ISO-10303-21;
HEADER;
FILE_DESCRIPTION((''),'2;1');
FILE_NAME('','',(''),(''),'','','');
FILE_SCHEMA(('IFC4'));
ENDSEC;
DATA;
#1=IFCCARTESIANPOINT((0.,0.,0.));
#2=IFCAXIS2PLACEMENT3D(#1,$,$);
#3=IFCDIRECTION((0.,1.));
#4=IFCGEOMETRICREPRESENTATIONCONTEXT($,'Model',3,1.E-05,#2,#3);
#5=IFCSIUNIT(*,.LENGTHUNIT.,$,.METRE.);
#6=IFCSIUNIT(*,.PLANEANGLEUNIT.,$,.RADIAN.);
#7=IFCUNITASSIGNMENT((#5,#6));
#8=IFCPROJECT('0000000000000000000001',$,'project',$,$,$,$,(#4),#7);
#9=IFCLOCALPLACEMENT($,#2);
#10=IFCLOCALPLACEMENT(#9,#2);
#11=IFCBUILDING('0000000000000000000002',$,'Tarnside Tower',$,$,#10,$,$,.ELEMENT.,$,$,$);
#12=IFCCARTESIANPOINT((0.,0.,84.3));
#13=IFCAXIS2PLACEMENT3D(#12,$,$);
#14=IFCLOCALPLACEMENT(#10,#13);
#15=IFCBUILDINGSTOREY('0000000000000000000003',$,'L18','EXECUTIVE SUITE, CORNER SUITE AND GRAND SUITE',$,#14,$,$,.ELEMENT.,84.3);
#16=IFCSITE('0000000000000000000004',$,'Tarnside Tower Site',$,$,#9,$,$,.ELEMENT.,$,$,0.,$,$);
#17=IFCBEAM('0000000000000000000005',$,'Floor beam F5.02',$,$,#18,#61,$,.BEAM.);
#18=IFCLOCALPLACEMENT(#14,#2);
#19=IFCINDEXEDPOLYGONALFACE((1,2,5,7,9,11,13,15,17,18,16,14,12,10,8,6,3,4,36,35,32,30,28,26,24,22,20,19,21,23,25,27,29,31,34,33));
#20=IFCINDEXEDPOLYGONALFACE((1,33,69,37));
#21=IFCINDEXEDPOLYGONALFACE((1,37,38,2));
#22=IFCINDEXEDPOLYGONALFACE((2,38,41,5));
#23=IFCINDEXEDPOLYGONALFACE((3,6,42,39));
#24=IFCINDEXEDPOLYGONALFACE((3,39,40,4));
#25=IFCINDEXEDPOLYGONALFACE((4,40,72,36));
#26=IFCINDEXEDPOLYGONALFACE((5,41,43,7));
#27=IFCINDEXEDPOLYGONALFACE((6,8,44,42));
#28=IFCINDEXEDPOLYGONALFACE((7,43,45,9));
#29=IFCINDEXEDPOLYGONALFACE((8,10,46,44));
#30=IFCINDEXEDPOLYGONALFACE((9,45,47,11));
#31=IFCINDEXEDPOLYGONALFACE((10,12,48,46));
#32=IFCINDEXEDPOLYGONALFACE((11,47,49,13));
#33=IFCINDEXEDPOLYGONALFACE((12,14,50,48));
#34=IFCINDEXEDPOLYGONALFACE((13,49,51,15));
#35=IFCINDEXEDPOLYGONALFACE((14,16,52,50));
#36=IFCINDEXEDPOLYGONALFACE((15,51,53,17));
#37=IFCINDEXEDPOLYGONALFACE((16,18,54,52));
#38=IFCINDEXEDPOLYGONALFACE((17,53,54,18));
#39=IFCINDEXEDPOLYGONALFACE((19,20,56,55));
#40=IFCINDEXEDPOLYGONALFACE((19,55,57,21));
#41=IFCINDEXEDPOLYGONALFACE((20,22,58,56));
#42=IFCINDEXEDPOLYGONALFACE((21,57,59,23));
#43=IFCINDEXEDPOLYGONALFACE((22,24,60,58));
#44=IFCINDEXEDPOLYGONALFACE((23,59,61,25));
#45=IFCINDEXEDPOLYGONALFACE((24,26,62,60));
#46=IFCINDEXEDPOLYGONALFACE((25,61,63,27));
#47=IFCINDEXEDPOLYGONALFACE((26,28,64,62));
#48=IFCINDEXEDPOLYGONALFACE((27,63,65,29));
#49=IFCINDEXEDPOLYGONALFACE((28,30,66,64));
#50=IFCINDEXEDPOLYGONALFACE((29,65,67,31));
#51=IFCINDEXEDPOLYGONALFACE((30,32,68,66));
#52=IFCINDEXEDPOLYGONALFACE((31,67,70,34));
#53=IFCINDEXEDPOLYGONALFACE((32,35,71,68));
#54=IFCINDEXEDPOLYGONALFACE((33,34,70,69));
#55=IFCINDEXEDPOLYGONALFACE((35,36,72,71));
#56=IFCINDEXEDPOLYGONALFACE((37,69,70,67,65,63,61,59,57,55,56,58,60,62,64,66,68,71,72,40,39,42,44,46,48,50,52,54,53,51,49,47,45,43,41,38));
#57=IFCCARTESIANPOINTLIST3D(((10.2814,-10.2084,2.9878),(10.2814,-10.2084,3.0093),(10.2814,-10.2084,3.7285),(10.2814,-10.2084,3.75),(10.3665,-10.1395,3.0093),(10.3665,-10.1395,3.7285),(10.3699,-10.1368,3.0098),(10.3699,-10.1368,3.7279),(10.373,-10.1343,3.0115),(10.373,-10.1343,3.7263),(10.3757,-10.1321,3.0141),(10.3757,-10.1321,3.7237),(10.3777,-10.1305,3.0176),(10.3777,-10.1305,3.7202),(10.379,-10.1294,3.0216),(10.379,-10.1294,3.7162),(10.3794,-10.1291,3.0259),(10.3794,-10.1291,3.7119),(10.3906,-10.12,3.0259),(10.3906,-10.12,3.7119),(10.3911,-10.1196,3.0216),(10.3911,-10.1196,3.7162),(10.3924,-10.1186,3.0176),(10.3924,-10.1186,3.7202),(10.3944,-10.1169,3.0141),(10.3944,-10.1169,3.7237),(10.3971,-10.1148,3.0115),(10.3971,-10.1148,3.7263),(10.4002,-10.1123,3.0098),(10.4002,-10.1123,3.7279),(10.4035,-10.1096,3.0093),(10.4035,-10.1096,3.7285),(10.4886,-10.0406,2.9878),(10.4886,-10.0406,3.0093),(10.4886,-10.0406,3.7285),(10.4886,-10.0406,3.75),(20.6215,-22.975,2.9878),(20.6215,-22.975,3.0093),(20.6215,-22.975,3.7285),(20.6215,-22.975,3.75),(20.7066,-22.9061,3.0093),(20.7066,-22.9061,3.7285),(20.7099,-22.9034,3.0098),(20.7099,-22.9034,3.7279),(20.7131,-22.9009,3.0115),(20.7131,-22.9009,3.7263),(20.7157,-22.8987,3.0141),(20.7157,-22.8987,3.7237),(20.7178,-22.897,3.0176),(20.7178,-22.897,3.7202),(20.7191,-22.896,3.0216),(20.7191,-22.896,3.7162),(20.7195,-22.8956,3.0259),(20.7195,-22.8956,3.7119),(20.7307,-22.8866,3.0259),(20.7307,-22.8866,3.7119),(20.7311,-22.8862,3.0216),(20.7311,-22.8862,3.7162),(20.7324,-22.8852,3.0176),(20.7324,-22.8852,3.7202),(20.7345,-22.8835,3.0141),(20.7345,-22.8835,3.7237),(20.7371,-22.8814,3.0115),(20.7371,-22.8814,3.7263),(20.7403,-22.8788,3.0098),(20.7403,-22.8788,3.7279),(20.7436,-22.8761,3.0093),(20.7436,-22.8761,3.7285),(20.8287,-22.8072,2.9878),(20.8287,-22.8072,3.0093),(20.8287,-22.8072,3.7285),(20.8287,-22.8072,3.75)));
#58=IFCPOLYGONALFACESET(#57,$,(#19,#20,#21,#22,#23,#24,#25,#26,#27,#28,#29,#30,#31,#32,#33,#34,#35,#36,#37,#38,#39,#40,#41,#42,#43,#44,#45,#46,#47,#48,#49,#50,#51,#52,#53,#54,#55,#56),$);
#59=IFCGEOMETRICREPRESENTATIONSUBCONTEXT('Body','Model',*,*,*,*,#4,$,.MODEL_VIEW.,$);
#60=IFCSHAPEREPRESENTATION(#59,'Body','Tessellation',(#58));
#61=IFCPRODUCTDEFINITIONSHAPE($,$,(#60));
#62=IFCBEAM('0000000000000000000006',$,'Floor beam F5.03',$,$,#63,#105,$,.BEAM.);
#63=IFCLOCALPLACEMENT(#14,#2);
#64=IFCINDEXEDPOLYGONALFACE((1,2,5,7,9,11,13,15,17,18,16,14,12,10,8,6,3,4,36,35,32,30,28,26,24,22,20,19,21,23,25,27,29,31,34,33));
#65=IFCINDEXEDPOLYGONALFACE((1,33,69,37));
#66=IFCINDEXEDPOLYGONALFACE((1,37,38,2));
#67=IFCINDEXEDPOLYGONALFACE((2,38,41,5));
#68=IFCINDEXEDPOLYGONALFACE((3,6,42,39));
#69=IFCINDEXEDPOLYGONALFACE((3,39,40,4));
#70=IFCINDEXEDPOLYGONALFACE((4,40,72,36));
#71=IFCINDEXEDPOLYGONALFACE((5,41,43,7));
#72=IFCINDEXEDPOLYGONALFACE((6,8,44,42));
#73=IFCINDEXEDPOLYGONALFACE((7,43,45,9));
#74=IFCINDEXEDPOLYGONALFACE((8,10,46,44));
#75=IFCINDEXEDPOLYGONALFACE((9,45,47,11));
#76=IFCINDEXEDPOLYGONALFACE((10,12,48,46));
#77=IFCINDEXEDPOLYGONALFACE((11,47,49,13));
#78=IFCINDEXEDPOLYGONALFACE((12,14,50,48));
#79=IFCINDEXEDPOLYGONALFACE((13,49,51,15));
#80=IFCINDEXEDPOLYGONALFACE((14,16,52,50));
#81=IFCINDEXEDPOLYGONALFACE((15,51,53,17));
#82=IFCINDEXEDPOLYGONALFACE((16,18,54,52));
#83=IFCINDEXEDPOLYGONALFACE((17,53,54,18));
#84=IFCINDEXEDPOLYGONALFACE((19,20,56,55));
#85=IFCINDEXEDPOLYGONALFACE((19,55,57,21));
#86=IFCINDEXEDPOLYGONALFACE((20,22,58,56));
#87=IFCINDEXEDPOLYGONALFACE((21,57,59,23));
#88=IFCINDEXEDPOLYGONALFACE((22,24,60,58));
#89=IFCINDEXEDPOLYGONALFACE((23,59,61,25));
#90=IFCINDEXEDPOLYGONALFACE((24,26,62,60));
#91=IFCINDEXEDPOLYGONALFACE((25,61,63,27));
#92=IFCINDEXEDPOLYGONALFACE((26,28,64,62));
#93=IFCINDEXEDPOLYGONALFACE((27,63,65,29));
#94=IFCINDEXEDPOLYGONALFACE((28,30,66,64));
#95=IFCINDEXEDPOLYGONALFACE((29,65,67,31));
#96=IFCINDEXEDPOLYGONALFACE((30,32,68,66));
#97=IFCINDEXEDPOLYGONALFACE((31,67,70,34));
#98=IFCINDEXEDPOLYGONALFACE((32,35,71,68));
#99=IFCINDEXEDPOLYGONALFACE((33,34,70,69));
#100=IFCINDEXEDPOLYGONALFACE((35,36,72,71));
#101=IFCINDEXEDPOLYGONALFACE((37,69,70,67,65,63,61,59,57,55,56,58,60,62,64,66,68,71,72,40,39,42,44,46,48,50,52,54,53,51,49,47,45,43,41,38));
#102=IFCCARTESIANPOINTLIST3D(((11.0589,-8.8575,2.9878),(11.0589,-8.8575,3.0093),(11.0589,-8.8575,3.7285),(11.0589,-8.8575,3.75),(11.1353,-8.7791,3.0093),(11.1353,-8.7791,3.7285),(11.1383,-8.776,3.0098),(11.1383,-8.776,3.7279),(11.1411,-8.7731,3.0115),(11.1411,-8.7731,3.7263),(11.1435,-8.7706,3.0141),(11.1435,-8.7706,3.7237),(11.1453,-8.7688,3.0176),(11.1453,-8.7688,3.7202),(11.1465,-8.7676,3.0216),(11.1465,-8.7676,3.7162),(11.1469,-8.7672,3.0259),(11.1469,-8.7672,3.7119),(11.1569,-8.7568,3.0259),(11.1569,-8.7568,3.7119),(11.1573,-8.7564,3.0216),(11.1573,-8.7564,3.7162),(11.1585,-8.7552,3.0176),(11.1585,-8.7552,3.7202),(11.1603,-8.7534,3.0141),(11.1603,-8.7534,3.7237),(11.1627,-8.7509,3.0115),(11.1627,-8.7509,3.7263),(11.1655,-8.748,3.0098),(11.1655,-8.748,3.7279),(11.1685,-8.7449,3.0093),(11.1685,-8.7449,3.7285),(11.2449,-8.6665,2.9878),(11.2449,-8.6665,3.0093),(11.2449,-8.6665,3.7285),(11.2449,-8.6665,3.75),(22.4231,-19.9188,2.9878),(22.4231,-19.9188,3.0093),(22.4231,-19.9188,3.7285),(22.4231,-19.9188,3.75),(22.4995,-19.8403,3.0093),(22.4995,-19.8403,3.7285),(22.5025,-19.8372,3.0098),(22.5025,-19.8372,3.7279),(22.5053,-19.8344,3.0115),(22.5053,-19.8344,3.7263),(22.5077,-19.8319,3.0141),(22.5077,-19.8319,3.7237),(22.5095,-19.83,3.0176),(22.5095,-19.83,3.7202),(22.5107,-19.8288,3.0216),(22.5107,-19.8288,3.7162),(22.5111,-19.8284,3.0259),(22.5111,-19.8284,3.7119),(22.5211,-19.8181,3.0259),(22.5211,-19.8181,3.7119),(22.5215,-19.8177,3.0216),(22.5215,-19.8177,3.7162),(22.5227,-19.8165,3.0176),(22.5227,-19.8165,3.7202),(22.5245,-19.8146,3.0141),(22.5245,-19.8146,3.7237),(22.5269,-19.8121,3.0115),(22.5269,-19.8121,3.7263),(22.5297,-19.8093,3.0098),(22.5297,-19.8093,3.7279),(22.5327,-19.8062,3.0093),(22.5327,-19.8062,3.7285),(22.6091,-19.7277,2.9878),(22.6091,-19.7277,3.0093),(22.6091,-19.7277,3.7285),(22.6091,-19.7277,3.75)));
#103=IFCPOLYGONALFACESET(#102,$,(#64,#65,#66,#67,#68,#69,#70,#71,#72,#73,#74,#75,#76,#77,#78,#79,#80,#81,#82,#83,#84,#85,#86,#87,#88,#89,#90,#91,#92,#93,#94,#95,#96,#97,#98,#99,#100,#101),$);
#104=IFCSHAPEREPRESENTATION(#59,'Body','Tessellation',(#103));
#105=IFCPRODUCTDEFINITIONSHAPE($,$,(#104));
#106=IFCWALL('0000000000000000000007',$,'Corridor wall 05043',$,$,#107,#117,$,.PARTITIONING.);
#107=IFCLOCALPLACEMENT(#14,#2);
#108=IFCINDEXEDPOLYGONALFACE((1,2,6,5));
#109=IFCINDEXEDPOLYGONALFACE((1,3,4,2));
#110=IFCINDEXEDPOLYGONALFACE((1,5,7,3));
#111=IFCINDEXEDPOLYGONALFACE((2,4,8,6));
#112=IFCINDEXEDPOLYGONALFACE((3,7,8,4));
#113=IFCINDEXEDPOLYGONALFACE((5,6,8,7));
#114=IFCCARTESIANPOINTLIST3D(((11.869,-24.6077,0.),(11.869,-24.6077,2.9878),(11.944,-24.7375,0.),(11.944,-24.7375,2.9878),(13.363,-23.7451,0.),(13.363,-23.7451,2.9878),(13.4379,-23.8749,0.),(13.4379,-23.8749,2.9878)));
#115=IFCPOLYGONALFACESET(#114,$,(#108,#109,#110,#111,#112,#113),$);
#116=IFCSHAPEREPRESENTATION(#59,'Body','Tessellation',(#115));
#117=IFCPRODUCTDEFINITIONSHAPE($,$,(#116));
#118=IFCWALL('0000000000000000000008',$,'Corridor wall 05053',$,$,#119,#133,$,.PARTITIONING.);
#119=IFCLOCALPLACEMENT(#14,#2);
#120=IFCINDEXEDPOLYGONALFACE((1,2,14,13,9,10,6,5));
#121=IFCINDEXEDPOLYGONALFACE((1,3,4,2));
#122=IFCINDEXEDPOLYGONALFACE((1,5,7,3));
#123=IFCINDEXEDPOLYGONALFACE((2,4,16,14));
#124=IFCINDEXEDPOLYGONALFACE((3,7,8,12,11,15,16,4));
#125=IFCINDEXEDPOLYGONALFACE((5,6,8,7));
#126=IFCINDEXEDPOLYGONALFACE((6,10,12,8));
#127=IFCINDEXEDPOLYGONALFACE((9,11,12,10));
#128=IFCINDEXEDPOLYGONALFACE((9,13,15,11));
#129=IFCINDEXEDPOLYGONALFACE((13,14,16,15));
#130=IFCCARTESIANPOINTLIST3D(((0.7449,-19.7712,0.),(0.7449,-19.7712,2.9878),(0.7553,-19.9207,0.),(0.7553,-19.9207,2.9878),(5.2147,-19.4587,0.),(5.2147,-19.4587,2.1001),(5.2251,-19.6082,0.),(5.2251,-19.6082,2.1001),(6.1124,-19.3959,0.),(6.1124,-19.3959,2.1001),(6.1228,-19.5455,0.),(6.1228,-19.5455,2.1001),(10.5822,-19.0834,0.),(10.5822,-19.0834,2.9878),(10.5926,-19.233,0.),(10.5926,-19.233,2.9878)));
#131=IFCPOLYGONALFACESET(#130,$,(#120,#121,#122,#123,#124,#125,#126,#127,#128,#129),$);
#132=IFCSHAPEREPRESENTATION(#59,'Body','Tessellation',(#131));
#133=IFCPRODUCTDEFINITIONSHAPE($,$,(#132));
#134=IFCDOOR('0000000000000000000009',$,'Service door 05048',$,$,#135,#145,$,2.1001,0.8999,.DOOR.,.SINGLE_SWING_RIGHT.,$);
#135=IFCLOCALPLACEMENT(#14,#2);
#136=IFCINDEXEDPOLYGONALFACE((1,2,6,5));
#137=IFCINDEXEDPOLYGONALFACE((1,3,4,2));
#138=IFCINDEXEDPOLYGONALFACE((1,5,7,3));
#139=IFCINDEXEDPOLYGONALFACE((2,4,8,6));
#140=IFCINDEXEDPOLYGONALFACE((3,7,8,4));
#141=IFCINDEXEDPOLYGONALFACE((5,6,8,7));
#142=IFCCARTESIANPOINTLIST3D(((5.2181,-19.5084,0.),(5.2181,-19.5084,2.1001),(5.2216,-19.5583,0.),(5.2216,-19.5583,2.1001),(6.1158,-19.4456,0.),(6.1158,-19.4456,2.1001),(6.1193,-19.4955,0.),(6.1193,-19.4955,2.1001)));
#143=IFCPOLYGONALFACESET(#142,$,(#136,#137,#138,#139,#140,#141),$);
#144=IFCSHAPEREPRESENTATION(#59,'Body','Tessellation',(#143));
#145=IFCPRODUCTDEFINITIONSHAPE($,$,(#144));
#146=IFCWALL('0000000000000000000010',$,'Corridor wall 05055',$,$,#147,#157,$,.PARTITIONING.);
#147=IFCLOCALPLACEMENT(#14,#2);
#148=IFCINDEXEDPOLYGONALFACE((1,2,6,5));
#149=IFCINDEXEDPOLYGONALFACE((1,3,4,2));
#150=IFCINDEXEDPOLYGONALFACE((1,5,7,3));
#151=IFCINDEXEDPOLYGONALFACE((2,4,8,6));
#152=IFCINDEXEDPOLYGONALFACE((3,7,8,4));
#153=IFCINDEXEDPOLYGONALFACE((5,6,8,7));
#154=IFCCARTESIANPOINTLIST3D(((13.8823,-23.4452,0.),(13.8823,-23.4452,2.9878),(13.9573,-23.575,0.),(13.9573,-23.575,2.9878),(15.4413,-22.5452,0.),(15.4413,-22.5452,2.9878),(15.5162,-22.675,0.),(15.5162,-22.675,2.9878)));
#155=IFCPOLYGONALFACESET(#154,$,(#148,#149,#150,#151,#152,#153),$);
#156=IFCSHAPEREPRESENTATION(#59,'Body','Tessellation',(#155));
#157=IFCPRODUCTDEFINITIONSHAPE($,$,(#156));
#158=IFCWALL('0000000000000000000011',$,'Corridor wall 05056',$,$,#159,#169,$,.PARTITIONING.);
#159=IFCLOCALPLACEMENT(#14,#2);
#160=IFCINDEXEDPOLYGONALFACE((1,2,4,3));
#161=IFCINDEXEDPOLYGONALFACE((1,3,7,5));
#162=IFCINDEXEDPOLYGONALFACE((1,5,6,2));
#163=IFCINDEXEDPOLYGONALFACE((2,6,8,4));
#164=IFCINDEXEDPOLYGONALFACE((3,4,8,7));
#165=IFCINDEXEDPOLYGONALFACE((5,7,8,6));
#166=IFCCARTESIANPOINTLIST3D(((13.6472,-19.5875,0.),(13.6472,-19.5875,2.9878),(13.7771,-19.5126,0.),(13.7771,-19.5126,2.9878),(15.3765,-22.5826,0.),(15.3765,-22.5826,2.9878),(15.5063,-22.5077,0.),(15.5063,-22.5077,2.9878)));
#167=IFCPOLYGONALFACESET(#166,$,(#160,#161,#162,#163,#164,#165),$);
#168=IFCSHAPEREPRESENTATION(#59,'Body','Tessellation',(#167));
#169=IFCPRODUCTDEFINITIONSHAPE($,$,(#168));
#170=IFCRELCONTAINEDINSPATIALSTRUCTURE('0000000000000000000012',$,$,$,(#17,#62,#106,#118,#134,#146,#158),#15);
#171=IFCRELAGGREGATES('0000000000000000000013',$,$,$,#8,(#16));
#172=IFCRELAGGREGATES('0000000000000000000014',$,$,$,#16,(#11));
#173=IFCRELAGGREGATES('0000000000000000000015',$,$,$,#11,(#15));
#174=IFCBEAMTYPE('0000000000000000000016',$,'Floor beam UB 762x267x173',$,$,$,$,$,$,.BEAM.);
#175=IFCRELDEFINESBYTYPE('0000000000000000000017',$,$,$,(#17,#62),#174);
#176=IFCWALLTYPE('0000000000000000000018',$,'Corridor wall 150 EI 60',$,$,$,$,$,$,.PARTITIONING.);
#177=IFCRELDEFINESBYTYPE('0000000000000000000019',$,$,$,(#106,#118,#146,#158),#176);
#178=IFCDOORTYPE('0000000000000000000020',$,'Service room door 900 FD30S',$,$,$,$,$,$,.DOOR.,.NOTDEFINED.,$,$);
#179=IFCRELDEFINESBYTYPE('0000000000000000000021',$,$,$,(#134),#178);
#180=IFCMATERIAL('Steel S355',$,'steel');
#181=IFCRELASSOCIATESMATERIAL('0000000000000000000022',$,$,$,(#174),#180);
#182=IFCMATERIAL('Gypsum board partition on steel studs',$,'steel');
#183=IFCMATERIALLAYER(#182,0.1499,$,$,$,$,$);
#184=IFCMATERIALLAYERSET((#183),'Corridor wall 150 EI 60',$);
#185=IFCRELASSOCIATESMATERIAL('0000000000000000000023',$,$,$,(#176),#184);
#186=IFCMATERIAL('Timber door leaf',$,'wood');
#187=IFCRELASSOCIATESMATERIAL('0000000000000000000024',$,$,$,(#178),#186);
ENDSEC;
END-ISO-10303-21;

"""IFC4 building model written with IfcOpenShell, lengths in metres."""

from ifc_helpers import new_model, si_unit, direction, frame, frame_2d, origin, origin_2d, place, context, subcontext, project, spatial, rectangle, i_section, extrude, material, layer, layer_set, material_profile, profile_set, type_object, element, fill, save


model = new_model("IFC4")

# Units and contexts
model_context = context("Model", 3, precision=1e-05, world=origin(), true_north=direction((0.0, 1.0)))
body_context = subcontext(model_context, "Body", "Model", "MODEL_VIEW")
ifc_project = project(units=[si_unit("LENGTHUNIT", "METRE"), si_unit("PLANEANGLEUNIT", "RADIAN")], contexts=[model_context])

# Site, building, storey
site_placement = place(None, origin())
site = spatial("IfcSite", under=ifc_project, at=site_placement, Name="Tarnside Tower Site", CompositionType="ELEMENT", RefElevation=0.0)
building_placement = place(site_placement, origin())
building = spatial("IfcBuilding", under=site, at=building_placement, Name="Tarnside Tower", CompositionType="ELEMENT")
storey_placement = place(building_placement, frame((0.0, 0.0, 84.3)))
storey = spatial("IfcBuildingStorey", under=building, at=storey_placement, Name="L18", Description="EXECUTIVE SUITE, CORNER SUITE AND GRAND SUITE", CompositionType="ELEMENT", Elevation=84.3)

# Beams
ifc_material_1 = material(Name="Steel S355", Category="steel")
ifc_material_profile = material_profile(ifc_material_1, i_section(OverallWidth=0.2666, OverallDepth=0.7622, WebThickness=0.0144, FlangeThickness=0.0215, FilletRadius=0.0166, at=origin_2d()), Name="UB 762x267x173")
ifc_profile_set = profile_set([ifc_material_profile], Name="Steel S355")
beam_type = type_object("IfcBeamType", Name="Floor beam UB 762x267x173", PredefinedType="BEAM", material=ifc_profile_set)
beam_1_placement = place(storey_placement, frame((20.7251, -22.8911, 3.3689), z_axis=(-0.62939, 0.777089, 0.0), x_axis=(-0.777089, -0.62939, 0.0)))
element("IfcBeam", 1, at=beam_1_placement, inside=storey, type_object=beam_type, Name="Floor beam F5.02", PredefinedType="BEAM", context=body_context, shape_type="SweptSolid", body=[
    extrude(i_section(OverallWidth=0.2666, OverallDepth=0.7622, WebThickness=0.0144, FlangeThickness=0.0215, FilletRadius=0.0166, at=origin_2d()), origin(), (0.0, 0.0, 1.0), 16.4287),
])
beam_2_placement = place(storey_placement, frame((22.5161, -19.8232, 3.3689), z_axis=(-0.716595, 0.69749, 0.0), x_axis=(-0.69749, -0.716595, 0.0)))
element("IfcBeam", 2, at=beam_2_placement, inside=storey, type_object=beam_type, Name="Floor beam F5.03", PredefinedType="BEAM", context=body_context, shape_type="SweptSolid", body=[
    extrude(i_section(OverallWidth=0.2666, OverallDepth=0.7622, WebThickness=0.0144, FlangeThickness=0.0215, FilletRadius=0.0166, at=origin_2d()), origin(), (0.0, 0.0, 1.0), 15.8586),
])

# Wall
ifc_material_2 = material(Name="Gypsum board partition on steel studs", Category="steel")
ifc_layer_1 = layer(ifc_material_2, 0.1499)
ifc_layer_set_1 = layer_set([ifc_layer_1], Name="Corridor wall 150 EI 60")
wall_type_1 = type_object("IfcWallType", Name="Corridor wall 150 EI 60", PredefinedType="PARTITIONING", material=ifc_layer_set_1)
wall_1_placement = place(storey_placement, frame((11.9065, -24.6726, 0.0), z_axis=(0.0, 0.0, 1.0), x_axis=(0.866014, 0.500021, 0.0)))
element("IfcWall", 3, at=wall_1_placement, inside=storey, type_object=wall_type_1, Name="Corridor wall 05043", PredefinedType="PARTITIONING", context=body_context, shape_type="SweptSolid", body=[
    extrude(rectangle(XDim=1.7251, YDim=0.1499, at=frame_2d((0.8625, 0.0))), origin(), (0.0, 0.0, 1.0), 2.9878),
])

# Wall, opening, door
wall_2_placement = place(storey_placement, frame((10.5874, -19.1582, 0.0), z_axis=(0.0, 0.0, 1.0), x_axis=(-0.997565, -0.069741, 0.0)))
wall_2 = element("IfcWall", 4, at=wall_2_placement, inside=storey, type_object=wall_type_1, Name="Corridor wall 05053", PredefinedType="PARTITIONING", context=body_context, shape_type="SweptSolid", body=[
    extrude(rectangle(XDim=9.8613, YDim=0.1499, at=frame_2d((4.9307, 0.0))), origin(), (0.0, 0.0, 1.0), 2.9878),
])
opening_1_placement = place(wall_2_placement, frame((4.4807, 0.0, 0.0)))
opening_1 = element("IfcOpeningElement", 5, at=opening_1_placement, cuts=wall_2, PredefinedType="OPENING", context=body_context, shape_type="SweptSolid", body=[
    extrude(rectangle(XDim=0.8999, YDim=2.1001, at=frame_2d((0.45, 1.05))), frame((0.0, 0.085, 0.0), z_axis=(0.0, -1.0, 0.0), x_axis=(1.0, 0.0, 0.0)), (0.0, 0.0, 1.0), 0.1699),
])
ifc_material_3 = material(Name="Timber door leaf", Category="wood")
door_type_1 = type_object("IfcDoorType", Name="Service room door 900 FD30S", OperationType="NOTDEFINED", PredefinedType="DOOR", material=ifc_material_3)
door_1_placement = place(opening_1_placement, origin())
door_1 = element("IfcDoor", 6, at=door_1_placement, inside=storey, type_object=door_type_1, Name="Service door 05048", OperationType="SINGLE_SWING_RIGHT", OverallHeight=2.1001, OverallWidth=0.8999, PredefinedType="DOOR", context=body_context, shape_type="SweptSolid", body=[
    extrude(rectangle(XDim=0.8999, YDim=2.1001, at=frame_2d((0.45, 1.05))), frame((0.0, 0.0249, 0.0), z_axis=(0.0, -1.0, 0.0), x_axis=(1.0, 0.0, 0.0)), (0.0, 0.0, 1.0), 0.05),
])
fill(opening_1, door_1)

# Walls
wall_3_placement = place(storey_placement, frame((13.9199, -23.51, 0.0), z_axis=(0.0, 0.0, 1.0), x_axis=(0.866048, 0.499961, 0.0)))
element("IfcWall", 7, at=wall_3_placement, inside=storey, type_object=wall_type_1, Name="Corridor wall 05055", PredefinedType="PARTITIONING", context=body_context, shape_type="SweptSolid", body=[
    extrude(rectangle(XDim=1.8, YDim=0.1499, at=frame_2d((0.8999, 0.0))), origin(), (0.0, 0.0, 1.0), 2.9878),
])
wall_4_placement = place(storey_placement, frame((15.4414, -22.5452, 0.0), z_axis=(0.0, 0.0, 1.0), x_axis=(-0.500004, 0.866023, 0.0)))
element("IfcWall", 8, at=wall_4_placement, inside=storey, type_object=wall_type_1, Name="Corridor wall 05056", PredefinedType="PARTITIONING", context=body_context, shape_type="SweptSolid", body=[
    extrude(rectangle(XDim=3.4585, YDim=0.1499, at=frame_2d((1.7292, 0.0))), origin(), (0.0, 0.0, 1.0), 2.9878),
])

save(model, "model.ifc")
